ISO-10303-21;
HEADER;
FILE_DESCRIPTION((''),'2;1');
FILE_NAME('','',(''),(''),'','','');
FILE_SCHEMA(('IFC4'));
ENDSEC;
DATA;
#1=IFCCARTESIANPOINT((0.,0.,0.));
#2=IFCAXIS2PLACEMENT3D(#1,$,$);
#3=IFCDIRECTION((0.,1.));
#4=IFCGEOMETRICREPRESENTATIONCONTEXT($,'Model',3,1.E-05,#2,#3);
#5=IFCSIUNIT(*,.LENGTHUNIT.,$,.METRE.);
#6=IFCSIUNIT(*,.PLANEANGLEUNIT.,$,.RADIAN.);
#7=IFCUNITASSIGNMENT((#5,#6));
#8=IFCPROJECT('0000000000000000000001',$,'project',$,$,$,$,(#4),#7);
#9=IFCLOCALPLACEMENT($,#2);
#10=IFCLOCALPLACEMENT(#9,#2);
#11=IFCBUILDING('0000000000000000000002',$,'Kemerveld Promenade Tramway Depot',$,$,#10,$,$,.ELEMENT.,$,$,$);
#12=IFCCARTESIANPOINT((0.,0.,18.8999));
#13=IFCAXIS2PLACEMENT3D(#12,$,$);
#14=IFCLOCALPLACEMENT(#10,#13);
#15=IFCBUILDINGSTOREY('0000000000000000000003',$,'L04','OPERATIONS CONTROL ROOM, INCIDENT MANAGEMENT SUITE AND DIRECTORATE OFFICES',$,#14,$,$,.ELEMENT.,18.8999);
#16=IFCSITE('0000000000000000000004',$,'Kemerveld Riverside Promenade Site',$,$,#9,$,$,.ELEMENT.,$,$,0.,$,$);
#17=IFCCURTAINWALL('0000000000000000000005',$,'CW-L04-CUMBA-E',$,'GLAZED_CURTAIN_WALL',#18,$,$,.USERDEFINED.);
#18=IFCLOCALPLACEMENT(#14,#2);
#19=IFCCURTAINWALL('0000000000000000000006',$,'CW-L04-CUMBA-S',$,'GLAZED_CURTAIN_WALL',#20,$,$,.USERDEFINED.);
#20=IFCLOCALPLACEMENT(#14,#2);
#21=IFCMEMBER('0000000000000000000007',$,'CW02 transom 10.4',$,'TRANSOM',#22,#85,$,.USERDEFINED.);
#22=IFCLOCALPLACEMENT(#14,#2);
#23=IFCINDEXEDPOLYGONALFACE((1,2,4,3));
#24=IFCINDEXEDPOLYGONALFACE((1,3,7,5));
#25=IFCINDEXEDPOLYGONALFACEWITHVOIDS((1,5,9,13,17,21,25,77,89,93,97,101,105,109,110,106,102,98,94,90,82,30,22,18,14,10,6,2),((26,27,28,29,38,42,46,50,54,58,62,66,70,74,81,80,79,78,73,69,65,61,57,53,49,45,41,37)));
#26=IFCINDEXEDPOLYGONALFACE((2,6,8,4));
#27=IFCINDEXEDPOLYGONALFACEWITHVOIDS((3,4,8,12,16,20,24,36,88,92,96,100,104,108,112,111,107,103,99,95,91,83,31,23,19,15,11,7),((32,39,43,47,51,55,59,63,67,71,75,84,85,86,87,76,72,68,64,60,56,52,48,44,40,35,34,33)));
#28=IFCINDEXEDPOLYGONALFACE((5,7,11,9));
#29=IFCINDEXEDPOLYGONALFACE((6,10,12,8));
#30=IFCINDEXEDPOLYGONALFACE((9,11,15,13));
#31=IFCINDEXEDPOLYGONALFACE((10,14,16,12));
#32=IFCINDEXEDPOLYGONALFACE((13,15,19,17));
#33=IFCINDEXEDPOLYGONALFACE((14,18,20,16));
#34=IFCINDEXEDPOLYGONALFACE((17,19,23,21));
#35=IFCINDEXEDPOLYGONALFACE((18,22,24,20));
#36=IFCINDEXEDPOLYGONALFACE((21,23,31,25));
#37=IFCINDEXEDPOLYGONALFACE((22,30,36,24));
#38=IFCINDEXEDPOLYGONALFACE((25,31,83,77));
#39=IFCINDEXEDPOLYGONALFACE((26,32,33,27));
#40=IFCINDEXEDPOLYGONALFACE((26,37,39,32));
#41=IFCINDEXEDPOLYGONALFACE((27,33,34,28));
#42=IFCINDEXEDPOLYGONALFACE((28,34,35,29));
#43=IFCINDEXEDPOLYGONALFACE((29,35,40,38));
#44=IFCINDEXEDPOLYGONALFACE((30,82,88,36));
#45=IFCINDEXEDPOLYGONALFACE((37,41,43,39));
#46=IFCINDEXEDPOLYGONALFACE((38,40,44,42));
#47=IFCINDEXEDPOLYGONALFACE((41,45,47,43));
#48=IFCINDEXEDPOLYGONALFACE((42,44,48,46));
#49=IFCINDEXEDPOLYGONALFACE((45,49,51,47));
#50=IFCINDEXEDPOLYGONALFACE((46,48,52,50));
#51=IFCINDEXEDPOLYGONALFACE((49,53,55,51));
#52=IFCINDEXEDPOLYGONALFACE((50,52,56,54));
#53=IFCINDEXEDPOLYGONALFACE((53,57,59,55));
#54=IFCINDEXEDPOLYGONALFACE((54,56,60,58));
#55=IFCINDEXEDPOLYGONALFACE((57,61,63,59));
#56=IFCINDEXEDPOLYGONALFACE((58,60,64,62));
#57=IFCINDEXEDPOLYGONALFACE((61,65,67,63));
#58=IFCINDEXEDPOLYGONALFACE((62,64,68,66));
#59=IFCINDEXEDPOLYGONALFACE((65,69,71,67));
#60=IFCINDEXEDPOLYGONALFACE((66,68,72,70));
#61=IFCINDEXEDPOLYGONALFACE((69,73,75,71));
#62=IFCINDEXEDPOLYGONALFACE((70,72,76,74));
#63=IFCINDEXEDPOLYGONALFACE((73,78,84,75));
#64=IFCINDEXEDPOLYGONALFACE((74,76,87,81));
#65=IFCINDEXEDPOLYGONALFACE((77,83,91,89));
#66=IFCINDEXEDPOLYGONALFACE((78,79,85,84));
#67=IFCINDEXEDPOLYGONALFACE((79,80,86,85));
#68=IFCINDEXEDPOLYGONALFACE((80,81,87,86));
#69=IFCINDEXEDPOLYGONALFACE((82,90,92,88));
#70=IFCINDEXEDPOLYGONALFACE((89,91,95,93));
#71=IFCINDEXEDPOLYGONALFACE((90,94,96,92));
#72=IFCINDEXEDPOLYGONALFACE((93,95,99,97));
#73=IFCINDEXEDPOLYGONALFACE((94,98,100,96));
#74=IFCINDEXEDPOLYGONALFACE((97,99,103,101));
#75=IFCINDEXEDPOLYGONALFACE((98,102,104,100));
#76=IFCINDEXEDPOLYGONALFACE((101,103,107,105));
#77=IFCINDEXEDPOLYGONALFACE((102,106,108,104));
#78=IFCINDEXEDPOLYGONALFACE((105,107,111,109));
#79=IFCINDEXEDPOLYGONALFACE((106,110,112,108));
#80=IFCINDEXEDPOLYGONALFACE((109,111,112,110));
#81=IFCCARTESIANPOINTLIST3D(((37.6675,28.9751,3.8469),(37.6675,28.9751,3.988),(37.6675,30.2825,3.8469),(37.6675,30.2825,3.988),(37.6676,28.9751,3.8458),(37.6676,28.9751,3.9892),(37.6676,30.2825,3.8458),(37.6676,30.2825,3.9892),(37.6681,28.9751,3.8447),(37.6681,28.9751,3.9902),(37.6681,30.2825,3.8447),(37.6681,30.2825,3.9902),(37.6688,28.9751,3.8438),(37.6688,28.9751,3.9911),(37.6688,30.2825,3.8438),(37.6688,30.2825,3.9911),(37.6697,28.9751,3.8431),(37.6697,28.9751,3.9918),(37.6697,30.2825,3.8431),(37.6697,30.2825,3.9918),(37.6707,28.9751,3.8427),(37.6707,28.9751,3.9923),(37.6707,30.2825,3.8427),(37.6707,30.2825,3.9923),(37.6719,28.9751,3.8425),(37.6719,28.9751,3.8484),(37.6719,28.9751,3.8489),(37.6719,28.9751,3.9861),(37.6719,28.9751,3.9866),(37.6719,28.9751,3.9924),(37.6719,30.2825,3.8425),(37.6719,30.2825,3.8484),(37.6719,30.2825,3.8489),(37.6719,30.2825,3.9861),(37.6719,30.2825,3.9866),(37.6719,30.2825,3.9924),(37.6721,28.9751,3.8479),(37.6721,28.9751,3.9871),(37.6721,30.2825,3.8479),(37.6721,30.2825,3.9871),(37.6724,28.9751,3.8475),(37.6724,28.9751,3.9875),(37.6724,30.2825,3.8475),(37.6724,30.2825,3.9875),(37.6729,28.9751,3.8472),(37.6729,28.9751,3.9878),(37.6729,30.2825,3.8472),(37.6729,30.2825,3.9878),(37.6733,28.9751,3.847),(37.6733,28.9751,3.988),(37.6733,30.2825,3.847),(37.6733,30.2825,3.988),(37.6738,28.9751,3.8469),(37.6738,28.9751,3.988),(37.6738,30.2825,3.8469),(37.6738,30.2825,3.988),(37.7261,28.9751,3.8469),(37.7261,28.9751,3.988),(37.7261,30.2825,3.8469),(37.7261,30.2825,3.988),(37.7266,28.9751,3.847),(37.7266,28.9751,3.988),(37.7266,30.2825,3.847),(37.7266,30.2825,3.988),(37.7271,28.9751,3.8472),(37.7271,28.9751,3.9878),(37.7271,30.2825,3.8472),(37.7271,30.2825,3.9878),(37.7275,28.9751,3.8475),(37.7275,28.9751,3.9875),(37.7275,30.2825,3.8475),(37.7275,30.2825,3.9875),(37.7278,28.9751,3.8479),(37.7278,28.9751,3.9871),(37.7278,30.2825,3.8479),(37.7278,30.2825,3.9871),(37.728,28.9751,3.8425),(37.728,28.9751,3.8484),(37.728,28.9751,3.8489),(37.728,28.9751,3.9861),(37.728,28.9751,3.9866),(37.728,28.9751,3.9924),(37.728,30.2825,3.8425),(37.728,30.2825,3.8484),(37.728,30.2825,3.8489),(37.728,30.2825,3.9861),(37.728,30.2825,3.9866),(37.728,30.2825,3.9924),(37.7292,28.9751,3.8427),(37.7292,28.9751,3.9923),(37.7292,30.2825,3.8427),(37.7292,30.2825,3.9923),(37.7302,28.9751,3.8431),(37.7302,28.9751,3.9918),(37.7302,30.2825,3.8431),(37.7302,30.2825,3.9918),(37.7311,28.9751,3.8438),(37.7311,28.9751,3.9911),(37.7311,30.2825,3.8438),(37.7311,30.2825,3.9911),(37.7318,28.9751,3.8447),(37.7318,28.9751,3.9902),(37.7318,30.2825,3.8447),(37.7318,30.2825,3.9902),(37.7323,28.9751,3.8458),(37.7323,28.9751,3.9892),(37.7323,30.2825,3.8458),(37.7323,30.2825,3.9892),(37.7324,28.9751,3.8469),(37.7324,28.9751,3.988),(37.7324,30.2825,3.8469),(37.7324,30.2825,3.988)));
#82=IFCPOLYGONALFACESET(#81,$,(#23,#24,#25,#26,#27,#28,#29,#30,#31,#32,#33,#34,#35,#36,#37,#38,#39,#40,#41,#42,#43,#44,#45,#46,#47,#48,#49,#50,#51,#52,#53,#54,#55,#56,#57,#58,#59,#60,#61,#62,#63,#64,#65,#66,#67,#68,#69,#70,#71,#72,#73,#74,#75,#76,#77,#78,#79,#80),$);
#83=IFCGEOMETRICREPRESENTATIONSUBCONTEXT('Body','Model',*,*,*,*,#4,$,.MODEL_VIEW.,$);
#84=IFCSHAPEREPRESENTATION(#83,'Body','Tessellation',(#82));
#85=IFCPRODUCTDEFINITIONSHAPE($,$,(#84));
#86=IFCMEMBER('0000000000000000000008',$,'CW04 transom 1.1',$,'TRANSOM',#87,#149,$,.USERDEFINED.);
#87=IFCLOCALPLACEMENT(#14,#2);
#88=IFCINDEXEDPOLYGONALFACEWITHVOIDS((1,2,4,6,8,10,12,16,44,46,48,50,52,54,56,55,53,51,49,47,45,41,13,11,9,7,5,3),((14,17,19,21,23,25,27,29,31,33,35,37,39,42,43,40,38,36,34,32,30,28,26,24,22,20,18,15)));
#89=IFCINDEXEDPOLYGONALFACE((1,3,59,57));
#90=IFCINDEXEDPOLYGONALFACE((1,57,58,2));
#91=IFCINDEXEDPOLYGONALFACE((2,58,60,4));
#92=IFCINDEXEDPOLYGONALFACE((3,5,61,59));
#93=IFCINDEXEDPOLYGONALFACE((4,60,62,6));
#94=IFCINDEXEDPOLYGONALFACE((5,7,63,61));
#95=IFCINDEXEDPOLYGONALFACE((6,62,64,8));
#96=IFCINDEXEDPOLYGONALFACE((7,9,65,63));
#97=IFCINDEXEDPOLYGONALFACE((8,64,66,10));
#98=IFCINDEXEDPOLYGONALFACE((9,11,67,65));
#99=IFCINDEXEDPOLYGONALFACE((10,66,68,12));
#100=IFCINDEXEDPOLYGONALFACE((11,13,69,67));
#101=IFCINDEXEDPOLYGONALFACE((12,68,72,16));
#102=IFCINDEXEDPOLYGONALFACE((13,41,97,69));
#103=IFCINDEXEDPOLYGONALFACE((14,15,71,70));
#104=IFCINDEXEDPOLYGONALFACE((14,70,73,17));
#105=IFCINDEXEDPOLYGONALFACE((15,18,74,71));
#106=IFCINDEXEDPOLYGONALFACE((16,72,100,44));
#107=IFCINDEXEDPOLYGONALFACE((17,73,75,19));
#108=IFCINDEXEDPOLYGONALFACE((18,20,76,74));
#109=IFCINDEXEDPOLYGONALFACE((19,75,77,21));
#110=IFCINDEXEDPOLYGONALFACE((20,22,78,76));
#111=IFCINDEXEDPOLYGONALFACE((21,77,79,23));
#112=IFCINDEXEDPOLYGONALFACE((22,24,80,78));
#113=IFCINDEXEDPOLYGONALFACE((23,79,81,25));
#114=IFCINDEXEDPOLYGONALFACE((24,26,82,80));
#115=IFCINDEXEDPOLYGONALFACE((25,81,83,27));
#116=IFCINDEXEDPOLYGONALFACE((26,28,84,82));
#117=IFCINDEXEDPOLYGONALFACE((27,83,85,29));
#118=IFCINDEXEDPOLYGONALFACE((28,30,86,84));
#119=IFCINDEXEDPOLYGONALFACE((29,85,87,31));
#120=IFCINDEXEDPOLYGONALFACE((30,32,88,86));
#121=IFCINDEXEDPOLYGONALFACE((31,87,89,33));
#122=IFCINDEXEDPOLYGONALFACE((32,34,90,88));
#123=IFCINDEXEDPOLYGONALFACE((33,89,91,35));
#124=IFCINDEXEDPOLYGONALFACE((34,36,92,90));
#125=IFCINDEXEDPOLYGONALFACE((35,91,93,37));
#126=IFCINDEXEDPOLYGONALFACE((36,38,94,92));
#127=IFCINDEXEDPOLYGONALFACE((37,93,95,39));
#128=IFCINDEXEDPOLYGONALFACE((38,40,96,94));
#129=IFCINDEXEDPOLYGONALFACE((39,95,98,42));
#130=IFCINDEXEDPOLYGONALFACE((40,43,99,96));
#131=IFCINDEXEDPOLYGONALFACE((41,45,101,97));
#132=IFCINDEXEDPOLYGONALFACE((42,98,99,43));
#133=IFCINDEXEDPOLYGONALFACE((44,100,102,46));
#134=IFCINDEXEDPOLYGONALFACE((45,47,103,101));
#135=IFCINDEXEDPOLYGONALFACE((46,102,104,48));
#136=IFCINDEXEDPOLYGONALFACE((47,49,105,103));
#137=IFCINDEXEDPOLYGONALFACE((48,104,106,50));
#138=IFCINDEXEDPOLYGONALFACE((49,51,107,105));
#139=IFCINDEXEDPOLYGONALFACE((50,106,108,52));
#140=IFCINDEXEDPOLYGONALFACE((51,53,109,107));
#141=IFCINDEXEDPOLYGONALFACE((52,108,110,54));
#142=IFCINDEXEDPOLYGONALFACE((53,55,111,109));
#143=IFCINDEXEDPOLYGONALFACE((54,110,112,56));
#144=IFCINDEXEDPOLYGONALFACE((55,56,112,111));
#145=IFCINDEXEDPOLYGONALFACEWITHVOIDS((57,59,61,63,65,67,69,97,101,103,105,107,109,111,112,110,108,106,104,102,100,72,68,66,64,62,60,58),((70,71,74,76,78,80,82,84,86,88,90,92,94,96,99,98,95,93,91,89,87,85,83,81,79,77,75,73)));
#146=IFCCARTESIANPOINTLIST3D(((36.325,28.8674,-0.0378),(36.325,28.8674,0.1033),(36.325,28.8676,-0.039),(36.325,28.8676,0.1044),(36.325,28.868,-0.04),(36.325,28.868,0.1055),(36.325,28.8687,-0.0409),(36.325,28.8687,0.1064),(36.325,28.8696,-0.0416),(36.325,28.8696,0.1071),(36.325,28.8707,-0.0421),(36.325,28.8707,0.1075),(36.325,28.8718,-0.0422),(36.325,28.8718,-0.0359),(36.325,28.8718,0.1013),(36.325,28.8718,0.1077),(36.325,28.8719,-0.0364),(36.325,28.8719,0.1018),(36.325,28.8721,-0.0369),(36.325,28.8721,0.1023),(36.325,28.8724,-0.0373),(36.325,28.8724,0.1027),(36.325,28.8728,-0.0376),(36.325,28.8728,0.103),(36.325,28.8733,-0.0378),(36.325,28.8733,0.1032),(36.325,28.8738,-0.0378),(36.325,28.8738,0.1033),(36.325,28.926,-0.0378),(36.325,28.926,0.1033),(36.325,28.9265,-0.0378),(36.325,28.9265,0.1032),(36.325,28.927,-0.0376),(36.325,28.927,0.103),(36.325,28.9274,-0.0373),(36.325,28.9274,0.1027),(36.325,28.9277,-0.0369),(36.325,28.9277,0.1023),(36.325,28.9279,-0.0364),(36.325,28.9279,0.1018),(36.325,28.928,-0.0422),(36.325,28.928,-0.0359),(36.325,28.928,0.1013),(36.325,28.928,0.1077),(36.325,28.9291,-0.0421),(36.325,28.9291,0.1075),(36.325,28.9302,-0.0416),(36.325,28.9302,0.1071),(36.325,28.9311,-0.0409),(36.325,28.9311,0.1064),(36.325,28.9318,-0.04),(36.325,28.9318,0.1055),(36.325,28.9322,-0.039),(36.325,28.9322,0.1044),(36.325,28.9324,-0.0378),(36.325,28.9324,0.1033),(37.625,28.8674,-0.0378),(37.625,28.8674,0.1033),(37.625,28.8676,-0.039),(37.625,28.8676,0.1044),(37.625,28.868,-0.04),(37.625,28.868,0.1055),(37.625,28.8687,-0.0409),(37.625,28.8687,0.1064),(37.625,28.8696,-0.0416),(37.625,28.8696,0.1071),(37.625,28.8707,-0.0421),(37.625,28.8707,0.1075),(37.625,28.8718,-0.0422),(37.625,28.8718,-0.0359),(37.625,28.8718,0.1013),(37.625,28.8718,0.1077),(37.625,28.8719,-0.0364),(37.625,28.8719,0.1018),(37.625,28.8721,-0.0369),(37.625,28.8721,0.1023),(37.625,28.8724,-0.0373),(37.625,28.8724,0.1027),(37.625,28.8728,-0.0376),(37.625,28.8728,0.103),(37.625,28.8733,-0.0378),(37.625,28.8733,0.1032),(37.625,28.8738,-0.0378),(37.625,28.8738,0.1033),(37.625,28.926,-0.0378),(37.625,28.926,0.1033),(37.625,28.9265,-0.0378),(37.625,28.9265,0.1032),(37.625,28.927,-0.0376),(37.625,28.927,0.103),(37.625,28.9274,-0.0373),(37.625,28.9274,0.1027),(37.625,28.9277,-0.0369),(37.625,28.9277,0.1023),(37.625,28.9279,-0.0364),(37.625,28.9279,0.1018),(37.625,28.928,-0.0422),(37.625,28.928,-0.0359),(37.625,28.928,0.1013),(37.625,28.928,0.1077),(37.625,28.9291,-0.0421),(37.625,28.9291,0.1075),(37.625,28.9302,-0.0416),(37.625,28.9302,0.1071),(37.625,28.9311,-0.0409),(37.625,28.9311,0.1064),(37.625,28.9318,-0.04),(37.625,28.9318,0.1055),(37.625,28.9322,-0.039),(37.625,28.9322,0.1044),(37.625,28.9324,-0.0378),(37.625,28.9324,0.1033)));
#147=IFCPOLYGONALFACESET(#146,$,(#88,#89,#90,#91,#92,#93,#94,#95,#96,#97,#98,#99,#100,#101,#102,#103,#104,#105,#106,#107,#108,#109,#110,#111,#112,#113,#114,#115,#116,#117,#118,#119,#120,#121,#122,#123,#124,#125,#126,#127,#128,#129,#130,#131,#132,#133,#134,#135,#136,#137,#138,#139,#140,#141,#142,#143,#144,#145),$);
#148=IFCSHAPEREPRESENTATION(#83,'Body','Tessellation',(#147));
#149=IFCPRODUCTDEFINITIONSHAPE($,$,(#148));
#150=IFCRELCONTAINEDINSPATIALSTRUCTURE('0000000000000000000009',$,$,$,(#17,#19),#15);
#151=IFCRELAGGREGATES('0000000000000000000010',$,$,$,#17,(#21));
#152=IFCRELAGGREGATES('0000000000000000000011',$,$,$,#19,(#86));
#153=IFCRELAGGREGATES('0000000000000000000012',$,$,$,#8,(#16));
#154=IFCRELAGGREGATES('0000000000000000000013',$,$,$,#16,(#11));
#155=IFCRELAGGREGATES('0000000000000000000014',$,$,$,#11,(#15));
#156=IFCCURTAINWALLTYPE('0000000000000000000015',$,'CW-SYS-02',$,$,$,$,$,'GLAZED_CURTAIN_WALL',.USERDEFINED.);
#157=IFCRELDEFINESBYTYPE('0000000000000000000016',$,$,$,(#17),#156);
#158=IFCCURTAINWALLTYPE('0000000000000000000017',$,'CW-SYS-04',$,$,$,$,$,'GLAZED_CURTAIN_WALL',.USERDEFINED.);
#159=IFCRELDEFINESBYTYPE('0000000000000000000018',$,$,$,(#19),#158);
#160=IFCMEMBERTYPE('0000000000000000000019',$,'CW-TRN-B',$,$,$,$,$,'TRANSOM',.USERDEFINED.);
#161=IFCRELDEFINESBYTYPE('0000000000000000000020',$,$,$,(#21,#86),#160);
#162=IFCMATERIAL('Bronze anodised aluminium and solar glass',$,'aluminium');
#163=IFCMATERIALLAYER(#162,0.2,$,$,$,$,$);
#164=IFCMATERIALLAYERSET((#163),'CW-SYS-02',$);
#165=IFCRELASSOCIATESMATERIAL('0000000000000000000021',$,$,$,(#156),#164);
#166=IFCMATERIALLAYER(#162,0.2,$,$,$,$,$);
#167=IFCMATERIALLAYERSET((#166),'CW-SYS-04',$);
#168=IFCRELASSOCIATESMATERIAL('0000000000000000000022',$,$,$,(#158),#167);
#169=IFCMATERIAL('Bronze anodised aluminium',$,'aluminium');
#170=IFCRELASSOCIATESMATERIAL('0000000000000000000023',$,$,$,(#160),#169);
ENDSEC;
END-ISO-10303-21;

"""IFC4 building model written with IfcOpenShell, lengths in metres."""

from ifc_helpers import new_model, si_unit, direction, frame, origin, origin_2d, place, context, subcontext, project, spatial, hollow_rectangle, extrude, material, layer, layer_set, material_profile, profile_set, type_object, element, aggregate, save


model = new_model("IFC4")

# Units and contexts
model_context = context("Model", 3, precision=1e-05, world=origin(), true_north=direction((0.0, 1.0)))
body_context = subcontext(model_context, "Body", "Model", "MODEL_VIEW")
ifc_project = project(units=[si_unit("LENGTHUNIT", "METRE"), si_unit("PLANEANGLEUNIT", "RADIAN")], contexts=[model_context])

# Site, building, storey
site_placement = place(None, origin())
site = spatial("IfcSite", under=ifc_project, at=site_placement, Name="Kemerveld Riverside Promenade Site", CompositionType="ELEMENT", RefElevation=0.0)
building_placement = place(site_placement, origin())
building = spatial("IfcBuilding", under=site, at=building_placement, Name="Kemerveld Promenade Tramway Depot", CompositionType="ELEMENT")
storey_placement = place(building_placement, frame((0.0, 0.0, 18.8999)))
storey = spatial("IfcBuildingStorey", under=building, at=storey_placement, Name="L04", Description="OPERATIONS CONTROL ROOM, INCIDENT MANAGEMENT SUITE AND DIRECTORATE OFFICES", CompositionType="ELEMENT", Elevation=18.8999)

# Curtain walls
ifc_material_1 = material(Name="Bronze anodised aluminium and solar glass", Category="aluminium")
ifc_layer_1 = layer(ifc_material_1, 0.2)
ifc_layer_set_1 = layer_set([ifc_layer_1], Name="CW-SYS-02")
curtain_wall_type_1 = type_object("IfcCurtainWallType", Name="CW-SYS-02", ElementType="GLAZED_CURTAIN_WALL", PredefinedType="USERDEFINED", material=ifc_layer_set_1)
curtain_wall_1_placement = place(storey_placement, origin())
curtain_wall_1 = element("IfcCurtainWall", 1, at=curtain_wall_1_placement, inside=storey, type_object=curtain_wall_type_1, Name="CW-L04-CUMBA-E", ObjectType="GLAZED_CURTAIN_WALL", PredefinedType="USERDEFINED")
ifc_material_2 = material(Name="Bronze anodised aluminium", Category="aluminium")
ifc_layer_2 = layer(ifc_material_1, 0.2)
ifc_layer_set_2 = layer_set([ifc_layer_2], Name="CW-SYS-04")
curtain_wall_type_2 = type_object("IfcCurtainWallType", Name="CW-SYS-04", ElementType="GLAZED_CURTAIN_WALL", PredefinedType="USERDEFINED", material=ifc_layer_set_2)
curtain_wall_2_placement = place(storey_placement, origin())
curtain_wall_2 = element("IfcCurtainWall", 2, at=curtain_wall_2_placement, inside=storey, type_object=curtain_wall_type_2, Name="CW-L04-CUMBA-S", ObjectType="GLAZED_CURTAIN_WALL", PredefinedType="USERDEFINED")

# Members
ifc_material_profile_1 = material_profile(ifc_material_2, hollow_rectangle(XDim=0.0649, YDim=0.1499, WallThickness=0.0044, InnerFilletRadius=0.002, OuterFilletRadius=0.0044, at=origin_2d()), Name="CW-TRN-150x65")
ifc_profile_set_1 = profile_set([ifc_material_profile_1], Name="Bronze anodised aluminium")
member_type_1 = type_object("IfcMemberType", Name="CW-TRN-B", ElementType="TRANSOM", PredefinedType="USERDEFINED", material=ifc_profile_set_1)
member_1_placement = place(storey_placement, frame((37.7, 30.2825, 3.9175), z_axis=(0.0, -1.0, 0.0), x_axis=(1.0, 0.0, 0.0)))
member_1 = element("IfcMember", 3, at=member_1_placement, type_object=member_type_1, Name="CW02 transom 10.4", ObjectType="TRANSOM", PredefinedType="USERDEFINED", context=body_context, shape_type="SweptSolid", body=[
    extrude(hollow_rectangle(XDim=0.0649, YDim=0.1499, WallThickness=0.0044, InnerFilletRadius=0.002, OuterFilletRadius=0.0044, at=origin_2d()), origin(), (0.0, 0.0, 1.0), 1.3074),
])
member_2_placement = place(storey_placement, frame((37.625, 28.8999, 0.0327), z_axis=(-1.0, 0.0, 0.0), x_axis=(0.0, -1.0, 0.0)))
member_2 = element("IfcMember", 4, at=member_2_placement, type_object=member_type_1, Name="CW04 transom 1.1", ObjectType="TRANSOM", PredefinedType="USERDEFINED", context=body_context, shape_type="SweptSolid", body=[
    extrude(hollow_rectangle(XDim=0.0649, YDim=0.1499, WallThickness=0.0044, InnerFilletRadius=0.002, OuterFilletRadius=0.0044, at=origin_2d()), origin(), (0.0, 0.0, 1.0), 1.3),
])

aggregate(curtain_wall_1, [member_1])
aggregate(curtain_wall_2, [member_2])

save(model, "model.ifc")
